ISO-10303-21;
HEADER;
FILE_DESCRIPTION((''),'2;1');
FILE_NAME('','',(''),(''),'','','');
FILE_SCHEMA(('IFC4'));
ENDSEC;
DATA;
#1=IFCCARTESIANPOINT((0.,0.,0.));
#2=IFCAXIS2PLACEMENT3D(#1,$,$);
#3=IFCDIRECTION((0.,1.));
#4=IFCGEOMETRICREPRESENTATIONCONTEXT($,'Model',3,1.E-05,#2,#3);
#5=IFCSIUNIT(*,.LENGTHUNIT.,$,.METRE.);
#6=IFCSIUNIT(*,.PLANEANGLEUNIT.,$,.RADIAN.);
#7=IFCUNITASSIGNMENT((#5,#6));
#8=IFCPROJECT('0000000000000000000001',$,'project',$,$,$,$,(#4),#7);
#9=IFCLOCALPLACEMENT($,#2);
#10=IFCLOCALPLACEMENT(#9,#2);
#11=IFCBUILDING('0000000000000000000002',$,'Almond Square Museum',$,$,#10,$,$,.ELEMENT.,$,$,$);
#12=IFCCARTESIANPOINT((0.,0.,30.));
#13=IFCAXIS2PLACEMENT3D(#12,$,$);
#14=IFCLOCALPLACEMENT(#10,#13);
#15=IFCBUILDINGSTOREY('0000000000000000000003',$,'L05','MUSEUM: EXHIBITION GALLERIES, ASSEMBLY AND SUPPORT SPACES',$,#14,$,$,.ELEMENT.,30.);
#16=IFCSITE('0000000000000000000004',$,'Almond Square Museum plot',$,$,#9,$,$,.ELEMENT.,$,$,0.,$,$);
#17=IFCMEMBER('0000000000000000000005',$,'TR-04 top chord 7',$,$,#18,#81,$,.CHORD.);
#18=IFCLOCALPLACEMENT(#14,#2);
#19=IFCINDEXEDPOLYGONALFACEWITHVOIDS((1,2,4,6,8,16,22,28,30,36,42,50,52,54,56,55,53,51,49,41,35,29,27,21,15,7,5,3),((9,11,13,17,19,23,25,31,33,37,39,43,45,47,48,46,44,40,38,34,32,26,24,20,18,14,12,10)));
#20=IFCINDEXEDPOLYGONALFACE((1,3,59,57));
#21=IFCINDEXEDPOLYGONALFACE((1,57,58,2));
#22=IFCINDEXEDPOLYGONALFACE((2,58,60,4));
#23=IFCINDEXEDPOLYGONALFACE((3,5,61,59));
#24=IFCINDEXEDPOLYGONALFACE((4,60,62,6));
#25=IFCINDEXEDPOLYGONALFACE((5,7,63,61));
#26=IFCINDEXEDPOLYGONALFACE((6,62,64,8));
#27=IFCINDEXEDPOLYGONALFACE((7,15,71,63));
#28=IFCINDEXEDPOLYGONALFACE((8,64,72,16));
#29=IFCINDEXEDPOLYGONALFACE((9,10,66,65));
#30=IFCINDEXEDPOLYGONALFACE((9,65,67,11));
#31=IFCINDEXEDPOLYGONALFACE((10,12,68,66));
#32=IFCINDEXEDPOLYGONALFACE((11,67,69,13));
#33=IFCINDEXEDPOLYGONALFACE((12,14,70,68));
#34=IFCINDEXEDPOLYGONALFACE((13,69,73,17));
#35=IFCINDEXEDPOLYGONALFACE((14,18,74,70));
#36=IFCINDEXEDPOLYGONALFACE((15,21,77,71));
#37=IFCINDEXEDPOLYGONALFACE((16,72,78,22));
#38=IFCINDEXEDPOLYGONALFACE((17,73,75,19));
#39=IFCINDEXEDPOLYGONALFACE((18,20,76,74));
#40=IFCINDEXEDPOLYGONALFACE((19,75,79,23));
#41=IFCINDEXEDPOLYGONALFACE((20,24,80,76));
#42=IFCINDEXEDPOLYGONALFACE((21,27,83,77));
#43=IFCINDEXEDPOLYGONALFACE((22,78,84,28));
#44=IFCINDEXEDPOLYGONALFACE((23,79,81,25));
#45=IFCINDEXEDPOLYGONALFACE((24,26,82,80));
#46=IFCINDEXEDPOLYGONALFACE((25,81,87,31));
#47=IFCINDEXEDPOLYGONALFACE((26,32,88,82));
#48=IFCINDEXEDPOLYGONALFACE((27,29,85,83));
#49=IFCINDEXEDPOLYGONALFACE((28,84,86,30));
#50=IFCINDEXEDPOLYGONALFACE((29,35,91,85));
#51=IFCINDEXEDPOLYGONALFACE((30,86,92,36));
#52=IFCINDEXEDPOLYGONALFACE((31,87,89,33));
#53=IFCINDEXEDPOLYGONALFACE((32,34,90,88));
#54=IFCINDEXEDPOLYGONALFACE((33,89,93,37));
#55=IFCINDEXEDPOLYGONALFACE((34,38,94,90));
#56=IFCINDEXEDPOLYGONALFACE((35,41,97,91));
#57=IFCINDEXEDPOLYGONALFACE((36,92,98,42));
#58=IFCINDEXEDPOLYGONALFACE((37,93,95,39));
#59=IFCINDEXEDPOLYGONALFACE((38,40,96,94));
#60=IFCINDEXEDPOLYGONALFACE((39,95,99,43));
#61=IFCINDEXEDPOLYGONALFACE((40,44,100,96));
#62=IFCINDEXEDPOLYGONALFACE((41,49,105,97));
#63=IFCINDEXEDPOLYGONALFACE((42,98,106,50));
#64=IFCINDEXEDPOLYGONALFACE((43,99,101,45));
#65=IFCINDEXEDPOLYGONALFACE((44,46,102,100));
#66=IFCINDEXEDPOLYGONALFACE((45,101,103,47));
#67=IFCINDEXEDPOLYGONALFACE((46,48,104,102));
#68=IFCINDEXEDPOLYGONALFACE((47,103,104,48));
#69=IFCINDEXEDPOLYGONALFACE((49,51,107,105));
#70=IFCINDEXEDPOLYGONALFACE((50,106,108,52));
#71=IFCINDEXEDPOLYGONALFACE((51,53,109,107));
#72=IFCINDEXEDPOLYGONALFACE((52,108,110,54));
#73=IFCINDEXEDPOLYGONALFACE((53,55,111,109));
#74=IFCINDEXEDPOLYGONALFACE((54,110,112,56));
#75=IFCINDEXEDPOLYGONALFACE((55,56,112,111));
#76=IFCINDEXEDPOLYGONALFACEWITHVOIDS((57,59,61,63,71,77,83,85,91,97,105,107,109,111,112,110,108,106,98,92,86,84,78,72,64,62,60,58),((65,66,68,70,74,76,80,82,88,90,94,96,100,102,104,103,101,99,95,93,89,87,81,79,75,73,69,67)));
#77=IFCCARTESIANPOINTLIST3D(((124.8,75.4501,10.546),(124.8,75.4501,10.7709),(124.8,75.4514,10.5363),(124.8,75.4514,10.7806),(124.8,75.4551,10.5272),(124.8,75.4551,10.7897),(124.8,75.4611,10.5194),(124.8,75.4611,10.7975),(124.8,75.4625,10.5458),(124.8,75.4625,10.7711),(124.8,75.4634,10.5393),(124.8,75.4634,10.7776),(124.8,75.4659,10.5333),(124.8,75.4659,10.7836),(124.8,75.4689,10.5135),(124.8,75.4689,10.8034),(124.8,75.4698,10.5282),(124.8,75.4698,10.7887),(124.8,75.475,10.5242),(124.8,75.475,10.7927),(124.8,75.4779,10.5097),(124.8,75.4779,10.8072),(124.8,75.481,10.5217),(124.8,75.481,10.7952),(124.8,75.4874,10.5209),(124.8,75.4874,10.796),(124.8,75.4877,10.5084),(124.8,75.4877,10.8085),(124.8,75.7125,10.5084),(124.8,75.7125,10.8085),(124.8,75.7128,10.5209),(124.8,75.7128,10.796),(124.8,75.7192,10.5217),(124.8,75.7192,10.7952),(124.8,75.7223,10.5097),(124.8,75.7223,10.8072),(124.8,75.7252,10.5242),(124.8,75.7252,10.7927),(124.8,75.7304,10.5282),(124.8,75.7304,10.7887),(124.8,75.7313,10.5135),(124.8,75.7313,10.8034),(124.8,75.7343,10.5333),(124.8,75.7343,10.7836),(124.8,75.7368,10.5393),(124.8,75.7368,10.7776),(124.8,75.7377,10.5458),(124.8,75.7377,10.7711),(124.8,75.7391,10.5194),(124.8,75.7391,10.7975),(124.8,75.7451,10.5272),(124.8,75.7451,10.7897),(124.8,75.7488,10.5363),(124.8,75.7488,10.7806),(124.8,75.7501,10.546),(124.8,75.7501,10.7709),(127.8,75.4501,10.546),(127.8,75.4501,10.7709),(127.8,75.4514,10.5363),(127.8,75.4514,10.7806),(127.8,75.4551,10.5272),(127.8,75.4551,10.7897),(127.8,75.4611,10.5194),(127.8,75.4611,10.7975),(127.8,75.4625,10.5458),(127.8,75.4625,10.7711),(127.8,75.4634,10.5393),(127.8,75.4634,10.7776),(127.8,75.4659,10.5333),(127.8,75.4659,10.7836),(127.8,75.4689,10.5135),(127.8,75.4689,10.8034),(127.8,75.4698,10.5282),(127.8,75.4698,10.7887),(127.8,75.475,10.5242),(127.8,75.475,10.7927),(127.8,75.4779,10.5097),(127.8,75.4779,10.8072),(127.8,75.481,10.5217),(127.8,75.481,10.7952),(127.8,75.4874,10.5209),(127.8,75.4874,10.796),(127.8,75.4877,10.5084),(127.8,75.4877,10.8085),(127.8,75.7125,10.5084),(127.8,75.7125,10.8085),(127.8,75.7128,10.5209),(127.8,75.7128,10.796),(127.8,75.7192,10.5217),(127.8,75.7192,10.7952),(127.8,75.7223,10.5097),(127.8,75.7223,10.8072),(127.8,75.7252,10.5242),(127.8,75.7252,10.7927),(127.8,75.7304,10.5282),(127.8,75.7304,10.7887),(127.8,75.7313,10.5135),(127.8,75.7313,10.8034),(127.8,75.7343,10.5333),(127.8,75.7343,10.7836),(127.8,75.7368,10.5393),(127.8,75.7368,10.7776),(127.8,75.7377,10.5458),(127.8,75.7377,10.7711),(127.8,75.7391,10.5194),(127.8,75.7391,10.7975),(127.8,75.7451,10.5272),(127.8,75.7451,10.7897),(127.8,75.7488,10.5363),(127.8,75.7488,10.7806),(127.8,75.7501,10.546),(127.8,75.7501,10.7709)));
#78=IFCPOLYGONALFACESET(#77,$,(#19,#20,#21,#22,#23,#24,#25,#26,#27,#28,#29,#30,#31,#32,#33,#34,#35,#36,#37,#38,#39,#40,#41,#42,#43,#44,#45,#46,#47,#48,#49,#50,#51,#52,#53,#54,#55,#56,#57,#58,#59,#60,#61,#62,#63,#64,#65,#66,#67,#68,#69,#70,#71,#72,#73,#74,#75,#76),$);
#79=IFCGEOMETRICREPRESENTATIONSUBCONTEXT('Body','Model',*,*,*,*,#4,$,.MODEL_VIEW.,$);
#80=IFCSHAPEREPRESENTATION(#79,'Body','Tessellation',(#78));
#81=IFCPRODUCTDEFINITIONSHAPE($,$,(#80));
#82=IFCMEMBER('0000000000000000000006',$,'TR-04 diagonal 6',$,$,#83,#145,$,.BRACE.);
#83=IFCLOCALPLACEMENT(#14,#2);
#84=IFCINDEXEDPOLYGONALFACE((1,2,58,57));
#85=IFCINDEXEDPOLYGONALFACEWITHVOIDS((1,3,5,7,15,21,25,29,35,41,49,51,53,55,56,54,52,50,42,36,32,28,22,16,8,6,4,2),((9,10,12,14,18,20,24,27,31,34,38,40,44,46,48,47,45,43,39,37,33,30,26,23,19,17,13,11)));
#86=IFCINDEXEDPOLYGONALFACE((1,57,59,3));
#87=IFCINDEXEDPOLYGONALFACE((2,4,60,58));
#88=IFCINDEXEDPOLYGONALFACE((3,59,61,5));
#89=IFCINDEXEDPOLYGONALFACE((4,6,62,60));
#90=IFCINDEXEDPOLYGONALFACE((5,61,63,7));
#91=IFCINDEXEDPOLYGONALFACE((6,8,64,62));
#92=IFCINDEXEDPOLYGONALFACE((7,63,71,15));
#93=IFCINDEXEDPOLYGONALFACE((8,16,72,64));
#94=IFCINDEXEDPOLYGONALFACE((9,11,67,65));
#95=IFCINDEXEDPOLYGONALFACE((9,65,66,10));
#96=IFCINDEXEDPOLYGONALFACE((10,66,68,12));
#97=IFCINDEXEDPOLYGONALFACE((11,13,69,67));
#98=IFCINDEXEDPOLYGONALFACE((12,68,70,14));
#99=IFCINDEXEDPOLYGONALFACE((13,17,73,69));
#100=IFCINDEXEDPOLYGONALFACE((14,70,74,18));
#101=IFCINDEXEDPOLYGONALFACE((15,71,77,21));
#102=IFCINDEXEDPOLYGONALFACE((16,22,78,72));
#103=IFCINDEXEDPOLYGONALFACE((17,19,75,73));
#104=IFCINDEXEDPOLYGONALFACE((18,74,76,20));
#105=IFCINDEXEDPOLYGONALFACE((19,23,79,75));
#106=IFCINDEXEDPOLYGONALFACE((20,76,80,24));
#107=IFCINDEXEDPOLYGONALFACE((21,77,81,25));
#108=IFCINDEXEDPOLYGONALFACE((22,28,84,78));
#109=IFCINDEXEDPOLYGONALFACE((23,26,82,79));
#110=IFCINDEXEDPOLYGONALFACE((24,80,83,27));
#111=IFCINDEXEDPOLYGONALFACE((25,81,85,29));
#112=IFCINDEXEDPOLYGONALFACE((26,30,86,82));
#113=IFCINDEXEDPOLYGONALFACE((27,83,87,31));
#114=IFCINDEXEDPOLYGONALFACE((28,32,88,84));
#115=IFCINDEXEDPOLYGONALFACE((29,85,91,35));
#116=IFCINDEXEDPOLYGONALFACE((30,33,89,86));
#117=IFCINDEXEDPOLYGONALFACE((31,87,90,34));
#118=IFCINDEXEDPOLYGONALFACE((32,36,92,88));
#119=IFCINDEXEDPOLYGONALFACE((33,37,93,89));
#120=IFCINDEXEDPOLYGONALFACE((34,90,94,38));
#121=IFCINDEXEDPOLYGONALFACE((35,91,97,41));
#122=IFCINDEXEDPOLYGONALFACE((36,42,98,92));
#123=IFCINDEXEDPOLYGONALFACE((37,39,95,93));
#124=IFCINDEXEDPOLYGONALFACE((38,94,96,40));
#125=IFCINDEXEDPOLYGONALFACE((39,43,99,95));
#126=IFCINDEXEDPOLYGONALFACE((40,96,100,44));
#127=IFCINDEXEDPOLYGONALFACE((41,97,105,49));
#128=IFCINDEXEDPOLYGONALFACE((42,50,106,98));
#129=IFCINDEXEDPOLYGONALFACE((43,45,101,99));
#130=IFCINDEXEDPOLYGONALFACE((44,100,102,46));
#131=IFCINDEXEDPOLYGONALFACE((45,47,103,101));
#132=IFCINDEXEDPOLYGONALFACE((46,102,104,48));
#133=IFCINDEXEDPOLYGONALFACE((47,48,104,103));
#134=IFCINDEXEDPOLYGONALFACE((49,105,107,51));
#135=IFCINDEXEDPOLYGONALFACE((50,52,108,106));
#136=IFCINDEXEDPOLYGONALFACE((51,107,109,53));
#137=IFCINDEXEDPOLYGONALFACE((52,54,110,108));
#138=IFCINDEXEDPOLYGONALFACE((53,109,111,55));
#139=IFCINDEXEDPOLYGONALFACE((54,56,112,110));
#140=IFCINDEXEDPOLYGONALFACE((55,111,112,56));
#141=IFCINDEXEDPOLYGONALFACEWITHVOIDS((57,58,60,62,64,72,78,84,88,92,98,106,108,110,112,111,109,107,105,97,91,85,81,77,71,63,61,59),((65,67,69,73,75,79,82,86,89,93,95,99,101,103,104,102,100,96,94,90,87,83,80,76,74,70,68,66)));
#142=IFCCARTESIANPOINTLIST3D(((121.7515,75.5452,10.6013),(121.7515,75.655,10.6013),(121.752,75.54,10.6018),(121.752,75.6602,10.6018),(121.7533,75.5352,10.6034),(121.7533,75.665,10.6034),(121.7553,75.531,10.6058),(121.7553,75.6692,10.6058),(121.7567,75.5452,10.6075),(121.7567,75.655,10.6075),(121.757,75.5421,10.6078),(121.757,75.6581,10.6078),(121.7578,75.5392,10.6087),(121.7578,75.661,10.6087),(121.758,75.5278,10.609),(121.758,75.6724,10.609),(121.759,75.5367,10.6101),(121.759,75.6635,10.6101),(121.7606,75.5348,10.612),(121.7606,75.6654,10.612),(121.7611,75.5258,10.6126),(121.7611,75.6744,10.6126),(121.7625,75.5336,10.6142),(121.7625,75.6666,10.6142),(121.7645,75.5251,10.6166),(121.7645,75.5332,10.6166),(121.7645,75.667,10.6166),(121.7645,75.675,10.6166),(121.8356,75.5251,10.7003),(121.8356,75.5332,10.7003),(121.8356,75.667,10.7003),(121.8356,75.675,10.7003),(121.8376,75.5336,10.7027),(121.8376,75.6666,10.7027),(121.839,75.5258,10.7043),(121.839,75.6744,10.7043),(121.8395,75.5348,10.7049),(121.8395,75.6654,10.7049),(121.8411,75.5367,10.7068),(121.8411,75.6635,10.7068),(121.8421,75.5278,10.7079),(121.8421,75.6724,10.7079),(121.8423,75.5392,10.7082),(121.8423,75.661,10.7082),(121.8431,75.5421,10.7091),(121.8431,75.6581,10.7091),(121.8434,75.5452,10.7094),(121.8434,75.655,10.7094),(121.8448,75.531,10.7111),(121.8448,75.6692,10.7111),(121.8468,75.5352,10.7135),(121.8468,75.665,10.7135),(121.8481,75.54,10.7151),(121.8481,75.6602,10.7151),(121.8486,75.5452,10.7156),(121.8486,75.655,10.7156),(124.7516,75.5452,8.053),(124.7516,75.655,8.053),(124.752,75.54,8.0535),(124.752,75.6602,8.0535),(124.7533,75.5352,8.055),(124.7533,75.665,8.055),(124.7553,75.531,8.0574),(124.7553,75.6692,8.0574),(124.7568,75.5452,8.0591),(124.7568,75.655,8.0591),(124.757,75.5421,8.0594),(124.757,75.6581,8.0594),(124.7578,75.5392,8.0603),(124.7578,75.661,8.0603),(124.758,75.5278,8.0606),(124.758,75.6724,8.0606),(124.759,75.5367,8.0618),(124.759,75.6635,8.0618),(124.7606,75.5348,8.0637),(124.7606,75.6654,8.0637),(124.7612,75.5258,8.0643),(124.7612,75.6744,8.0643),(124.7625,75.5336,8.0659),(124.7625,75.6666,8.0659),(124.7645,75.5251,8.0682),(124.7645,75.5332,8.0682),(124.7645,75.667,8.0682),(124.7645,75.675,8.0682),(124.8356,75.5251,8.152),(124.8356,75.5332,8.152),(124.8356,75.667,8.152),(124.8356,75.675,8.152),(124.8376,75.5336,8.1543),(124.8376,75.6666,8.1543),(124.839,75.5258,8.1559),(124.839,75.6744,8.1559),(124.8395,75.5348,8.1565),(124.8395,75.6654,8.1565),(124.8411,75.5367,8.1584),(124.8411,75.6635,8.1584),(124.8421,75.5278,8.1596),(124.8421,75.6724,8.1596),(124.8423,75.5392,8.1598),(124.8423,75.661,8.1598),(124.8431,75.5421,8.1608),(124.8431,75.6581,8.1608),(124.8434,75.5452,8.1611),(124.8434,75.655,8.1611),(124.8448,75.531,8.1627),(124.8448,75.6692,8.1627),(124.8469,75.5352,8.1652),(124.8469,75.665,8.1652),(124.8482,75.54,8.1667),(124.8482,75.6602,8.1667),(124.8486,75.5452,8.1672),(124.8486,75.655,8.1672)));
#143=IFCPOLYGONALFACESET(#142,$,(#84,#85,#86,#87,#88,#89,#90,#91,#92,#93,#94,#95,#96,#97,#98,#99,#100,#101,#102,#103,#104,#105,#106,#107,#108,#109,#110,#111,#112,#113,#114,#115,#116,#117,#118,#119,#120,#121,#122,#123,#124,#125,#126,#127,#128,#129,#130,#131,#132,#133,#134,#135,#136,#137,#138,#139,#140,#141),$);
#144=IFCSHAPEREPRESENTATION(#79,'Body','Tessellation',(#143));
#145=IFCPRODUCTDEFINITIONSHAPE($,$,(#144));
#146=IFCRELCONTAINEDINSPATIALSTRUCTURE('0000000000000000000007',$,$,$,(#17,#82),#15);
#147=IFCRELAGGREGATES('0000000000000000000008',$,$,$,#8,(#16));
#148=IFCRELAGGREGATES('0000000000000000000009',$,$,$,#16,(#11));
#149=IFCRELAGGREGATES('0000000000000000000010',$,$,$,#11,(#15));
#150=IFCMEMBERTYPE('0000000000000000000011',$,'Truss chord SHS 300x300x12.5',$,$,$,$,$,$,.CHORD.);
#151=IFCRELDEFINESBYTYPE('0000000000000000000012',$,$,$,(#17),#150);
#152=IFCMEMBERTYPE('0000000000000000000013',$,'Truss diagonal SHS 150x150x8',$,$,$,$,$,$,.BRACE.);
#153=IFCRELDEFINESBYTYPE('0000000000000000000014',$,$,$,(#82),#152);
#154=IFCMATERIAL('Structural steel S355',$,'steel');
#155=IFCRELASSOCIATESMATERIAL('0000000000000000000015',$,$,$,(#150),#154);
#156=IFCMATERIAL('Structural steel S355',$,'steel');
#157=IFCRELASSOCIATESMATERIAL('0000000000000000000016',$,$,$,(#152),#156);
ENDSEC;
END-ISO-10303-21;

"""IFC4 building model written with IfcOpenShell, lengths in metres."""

from ifc_helpers import new_model, si_unit, direction, frame, origin, origin_2d, place, context, subcontext, project, spatial, hollow_rectangle, extrude, material, material_profile, profile_set, type_object, element, save


model = new_model("IFC4")

# Units and contexts
model_context = context("Model", 3, precision=1e-05, world=origin(), true_north=direction((0.0, 1.0)))
body_context = subcontext(model_context, "Body", "Model", "MODEL_VIEW")
ifc_project = project(units=[si_unit("LENGTHUNIT", "METRE"), si_unit("PLANEANGLEUNIT", "RADIAN")], contexts=[model_context])

# Site, building, storey
site_placement = place(None, origin())
site = spatial("IfcSite", under=ifc_project, at=site_placement, Name="Almond Square Museum plot", CompositionType="ELEMENT", RefElevation=0.0)
building_placement = place(site_placement, origin())
building = spatial("IfcBuilding", under=site, at=building_placement, Name="Almond Square Museum", CompositionType="ELEMENT")
storey_placement = place(building_placement, frame((0.0, 0.0, 30.0)))
storey = spatial("IfcBuildingStorey", under=building, at=storey_placement, Name="L05", Description="MUSEUM: EXHIBITION GALLERIES, ASSEMBLY AND SUPPORT SPACES", CompositionType="ELEMENT", Elevation=30.0)

# Members
ifc_material_1 = material(Name="Structural steel S355", Category="steel")
ifc_material_profile_1 = material_profile(ifc_material_1, hollow_rectangle(XDim=0.3, YDim=0.3, WallThickness=0.0125, InnerFilletRadius=0.0249, OuterFilletRadius=0.0376, at=origin_2d()))
ifc_profile_set_1 = profile_set([ifc_material_profile_1], Name="Structural steel S355")
member_type_1 = type_object("IfcMemberType", Name="Truss chord SHS 300x300x12.5", PredefinedType="CHORD", material=ifc_profile_set_1)
for number, where, z_axis, x_axis, name in (
    (1, (124.8, 75.6001, 10.6584), (1.0, 0.0, 0.0), (0.0, 1.0, 0.0), "TR-04 top chord 7"),
):
    element("IfcMember", number, at=place(storey_placement, frame(where, z_axis=z_axis, x_axis=x_axis)), inside=storey, type_object=member_type_1, Name=name, PredefinedType="CHORD", context=body_context, shape_type="SweptSolid", body=[
        extrude(hollow_rectangle(XDim=0.3, YDim=0.3, WallThickness=0.0125, InnerFilletRadius=0.0249, OuterFilletRadius=0.0376, at=origin_2d()), origin(), (0.0, 0.0, 1.0), 3.0),
    ])
ifc_material_2 = material(Name="Structural steel S355", Category="steel")
ifc_material_profile_2 = material_profile(ifc_material_2, hollow_rectangle(XDim=0.1499, YDim=0.1499, WallThickness=0.0081, InnerFilletRadius=0.012, OuterFilletRadius=0.02, at=origin_2d()))
ifc_profile_set_2 = profile_set([ifc_material_profile_2], Name="Structural steel S355")
member_type_2 = type_object("IfcMemberType", Name="Truss diagonal SHS 150x150x8", PredefinedType="BRACE", material=ifc_profile_set_2)
for number, where, z_axis, x_axis, name in (
    (2, (121.8, 75.6001, 10.6584), (0.762147, 0.0, -0.647404), (0.0, 1.0, 0.0), "TR-04 diagonal 6"),
):
    element("IfcMember", number, at=place(storey_placement, frame(where, z_axis=z_axis, x_axis=x_axis)), inside=storey, type_object=member_type_2, Name=name, PredefinedType="BRACE", context=body_context, shape_type="SweptSolid", body=[
        extrude(hollow_rectangle(XDim=0.1499, YDim=0.1499, WallThickness=0.0081, InnerFilletRadius=0.012, OuterFilletRadius=0.02, at=origin_2d()), origin(), (0.0, 0.0, 1.0), 3.9363),
    ])

save(model, "model.ifc")
